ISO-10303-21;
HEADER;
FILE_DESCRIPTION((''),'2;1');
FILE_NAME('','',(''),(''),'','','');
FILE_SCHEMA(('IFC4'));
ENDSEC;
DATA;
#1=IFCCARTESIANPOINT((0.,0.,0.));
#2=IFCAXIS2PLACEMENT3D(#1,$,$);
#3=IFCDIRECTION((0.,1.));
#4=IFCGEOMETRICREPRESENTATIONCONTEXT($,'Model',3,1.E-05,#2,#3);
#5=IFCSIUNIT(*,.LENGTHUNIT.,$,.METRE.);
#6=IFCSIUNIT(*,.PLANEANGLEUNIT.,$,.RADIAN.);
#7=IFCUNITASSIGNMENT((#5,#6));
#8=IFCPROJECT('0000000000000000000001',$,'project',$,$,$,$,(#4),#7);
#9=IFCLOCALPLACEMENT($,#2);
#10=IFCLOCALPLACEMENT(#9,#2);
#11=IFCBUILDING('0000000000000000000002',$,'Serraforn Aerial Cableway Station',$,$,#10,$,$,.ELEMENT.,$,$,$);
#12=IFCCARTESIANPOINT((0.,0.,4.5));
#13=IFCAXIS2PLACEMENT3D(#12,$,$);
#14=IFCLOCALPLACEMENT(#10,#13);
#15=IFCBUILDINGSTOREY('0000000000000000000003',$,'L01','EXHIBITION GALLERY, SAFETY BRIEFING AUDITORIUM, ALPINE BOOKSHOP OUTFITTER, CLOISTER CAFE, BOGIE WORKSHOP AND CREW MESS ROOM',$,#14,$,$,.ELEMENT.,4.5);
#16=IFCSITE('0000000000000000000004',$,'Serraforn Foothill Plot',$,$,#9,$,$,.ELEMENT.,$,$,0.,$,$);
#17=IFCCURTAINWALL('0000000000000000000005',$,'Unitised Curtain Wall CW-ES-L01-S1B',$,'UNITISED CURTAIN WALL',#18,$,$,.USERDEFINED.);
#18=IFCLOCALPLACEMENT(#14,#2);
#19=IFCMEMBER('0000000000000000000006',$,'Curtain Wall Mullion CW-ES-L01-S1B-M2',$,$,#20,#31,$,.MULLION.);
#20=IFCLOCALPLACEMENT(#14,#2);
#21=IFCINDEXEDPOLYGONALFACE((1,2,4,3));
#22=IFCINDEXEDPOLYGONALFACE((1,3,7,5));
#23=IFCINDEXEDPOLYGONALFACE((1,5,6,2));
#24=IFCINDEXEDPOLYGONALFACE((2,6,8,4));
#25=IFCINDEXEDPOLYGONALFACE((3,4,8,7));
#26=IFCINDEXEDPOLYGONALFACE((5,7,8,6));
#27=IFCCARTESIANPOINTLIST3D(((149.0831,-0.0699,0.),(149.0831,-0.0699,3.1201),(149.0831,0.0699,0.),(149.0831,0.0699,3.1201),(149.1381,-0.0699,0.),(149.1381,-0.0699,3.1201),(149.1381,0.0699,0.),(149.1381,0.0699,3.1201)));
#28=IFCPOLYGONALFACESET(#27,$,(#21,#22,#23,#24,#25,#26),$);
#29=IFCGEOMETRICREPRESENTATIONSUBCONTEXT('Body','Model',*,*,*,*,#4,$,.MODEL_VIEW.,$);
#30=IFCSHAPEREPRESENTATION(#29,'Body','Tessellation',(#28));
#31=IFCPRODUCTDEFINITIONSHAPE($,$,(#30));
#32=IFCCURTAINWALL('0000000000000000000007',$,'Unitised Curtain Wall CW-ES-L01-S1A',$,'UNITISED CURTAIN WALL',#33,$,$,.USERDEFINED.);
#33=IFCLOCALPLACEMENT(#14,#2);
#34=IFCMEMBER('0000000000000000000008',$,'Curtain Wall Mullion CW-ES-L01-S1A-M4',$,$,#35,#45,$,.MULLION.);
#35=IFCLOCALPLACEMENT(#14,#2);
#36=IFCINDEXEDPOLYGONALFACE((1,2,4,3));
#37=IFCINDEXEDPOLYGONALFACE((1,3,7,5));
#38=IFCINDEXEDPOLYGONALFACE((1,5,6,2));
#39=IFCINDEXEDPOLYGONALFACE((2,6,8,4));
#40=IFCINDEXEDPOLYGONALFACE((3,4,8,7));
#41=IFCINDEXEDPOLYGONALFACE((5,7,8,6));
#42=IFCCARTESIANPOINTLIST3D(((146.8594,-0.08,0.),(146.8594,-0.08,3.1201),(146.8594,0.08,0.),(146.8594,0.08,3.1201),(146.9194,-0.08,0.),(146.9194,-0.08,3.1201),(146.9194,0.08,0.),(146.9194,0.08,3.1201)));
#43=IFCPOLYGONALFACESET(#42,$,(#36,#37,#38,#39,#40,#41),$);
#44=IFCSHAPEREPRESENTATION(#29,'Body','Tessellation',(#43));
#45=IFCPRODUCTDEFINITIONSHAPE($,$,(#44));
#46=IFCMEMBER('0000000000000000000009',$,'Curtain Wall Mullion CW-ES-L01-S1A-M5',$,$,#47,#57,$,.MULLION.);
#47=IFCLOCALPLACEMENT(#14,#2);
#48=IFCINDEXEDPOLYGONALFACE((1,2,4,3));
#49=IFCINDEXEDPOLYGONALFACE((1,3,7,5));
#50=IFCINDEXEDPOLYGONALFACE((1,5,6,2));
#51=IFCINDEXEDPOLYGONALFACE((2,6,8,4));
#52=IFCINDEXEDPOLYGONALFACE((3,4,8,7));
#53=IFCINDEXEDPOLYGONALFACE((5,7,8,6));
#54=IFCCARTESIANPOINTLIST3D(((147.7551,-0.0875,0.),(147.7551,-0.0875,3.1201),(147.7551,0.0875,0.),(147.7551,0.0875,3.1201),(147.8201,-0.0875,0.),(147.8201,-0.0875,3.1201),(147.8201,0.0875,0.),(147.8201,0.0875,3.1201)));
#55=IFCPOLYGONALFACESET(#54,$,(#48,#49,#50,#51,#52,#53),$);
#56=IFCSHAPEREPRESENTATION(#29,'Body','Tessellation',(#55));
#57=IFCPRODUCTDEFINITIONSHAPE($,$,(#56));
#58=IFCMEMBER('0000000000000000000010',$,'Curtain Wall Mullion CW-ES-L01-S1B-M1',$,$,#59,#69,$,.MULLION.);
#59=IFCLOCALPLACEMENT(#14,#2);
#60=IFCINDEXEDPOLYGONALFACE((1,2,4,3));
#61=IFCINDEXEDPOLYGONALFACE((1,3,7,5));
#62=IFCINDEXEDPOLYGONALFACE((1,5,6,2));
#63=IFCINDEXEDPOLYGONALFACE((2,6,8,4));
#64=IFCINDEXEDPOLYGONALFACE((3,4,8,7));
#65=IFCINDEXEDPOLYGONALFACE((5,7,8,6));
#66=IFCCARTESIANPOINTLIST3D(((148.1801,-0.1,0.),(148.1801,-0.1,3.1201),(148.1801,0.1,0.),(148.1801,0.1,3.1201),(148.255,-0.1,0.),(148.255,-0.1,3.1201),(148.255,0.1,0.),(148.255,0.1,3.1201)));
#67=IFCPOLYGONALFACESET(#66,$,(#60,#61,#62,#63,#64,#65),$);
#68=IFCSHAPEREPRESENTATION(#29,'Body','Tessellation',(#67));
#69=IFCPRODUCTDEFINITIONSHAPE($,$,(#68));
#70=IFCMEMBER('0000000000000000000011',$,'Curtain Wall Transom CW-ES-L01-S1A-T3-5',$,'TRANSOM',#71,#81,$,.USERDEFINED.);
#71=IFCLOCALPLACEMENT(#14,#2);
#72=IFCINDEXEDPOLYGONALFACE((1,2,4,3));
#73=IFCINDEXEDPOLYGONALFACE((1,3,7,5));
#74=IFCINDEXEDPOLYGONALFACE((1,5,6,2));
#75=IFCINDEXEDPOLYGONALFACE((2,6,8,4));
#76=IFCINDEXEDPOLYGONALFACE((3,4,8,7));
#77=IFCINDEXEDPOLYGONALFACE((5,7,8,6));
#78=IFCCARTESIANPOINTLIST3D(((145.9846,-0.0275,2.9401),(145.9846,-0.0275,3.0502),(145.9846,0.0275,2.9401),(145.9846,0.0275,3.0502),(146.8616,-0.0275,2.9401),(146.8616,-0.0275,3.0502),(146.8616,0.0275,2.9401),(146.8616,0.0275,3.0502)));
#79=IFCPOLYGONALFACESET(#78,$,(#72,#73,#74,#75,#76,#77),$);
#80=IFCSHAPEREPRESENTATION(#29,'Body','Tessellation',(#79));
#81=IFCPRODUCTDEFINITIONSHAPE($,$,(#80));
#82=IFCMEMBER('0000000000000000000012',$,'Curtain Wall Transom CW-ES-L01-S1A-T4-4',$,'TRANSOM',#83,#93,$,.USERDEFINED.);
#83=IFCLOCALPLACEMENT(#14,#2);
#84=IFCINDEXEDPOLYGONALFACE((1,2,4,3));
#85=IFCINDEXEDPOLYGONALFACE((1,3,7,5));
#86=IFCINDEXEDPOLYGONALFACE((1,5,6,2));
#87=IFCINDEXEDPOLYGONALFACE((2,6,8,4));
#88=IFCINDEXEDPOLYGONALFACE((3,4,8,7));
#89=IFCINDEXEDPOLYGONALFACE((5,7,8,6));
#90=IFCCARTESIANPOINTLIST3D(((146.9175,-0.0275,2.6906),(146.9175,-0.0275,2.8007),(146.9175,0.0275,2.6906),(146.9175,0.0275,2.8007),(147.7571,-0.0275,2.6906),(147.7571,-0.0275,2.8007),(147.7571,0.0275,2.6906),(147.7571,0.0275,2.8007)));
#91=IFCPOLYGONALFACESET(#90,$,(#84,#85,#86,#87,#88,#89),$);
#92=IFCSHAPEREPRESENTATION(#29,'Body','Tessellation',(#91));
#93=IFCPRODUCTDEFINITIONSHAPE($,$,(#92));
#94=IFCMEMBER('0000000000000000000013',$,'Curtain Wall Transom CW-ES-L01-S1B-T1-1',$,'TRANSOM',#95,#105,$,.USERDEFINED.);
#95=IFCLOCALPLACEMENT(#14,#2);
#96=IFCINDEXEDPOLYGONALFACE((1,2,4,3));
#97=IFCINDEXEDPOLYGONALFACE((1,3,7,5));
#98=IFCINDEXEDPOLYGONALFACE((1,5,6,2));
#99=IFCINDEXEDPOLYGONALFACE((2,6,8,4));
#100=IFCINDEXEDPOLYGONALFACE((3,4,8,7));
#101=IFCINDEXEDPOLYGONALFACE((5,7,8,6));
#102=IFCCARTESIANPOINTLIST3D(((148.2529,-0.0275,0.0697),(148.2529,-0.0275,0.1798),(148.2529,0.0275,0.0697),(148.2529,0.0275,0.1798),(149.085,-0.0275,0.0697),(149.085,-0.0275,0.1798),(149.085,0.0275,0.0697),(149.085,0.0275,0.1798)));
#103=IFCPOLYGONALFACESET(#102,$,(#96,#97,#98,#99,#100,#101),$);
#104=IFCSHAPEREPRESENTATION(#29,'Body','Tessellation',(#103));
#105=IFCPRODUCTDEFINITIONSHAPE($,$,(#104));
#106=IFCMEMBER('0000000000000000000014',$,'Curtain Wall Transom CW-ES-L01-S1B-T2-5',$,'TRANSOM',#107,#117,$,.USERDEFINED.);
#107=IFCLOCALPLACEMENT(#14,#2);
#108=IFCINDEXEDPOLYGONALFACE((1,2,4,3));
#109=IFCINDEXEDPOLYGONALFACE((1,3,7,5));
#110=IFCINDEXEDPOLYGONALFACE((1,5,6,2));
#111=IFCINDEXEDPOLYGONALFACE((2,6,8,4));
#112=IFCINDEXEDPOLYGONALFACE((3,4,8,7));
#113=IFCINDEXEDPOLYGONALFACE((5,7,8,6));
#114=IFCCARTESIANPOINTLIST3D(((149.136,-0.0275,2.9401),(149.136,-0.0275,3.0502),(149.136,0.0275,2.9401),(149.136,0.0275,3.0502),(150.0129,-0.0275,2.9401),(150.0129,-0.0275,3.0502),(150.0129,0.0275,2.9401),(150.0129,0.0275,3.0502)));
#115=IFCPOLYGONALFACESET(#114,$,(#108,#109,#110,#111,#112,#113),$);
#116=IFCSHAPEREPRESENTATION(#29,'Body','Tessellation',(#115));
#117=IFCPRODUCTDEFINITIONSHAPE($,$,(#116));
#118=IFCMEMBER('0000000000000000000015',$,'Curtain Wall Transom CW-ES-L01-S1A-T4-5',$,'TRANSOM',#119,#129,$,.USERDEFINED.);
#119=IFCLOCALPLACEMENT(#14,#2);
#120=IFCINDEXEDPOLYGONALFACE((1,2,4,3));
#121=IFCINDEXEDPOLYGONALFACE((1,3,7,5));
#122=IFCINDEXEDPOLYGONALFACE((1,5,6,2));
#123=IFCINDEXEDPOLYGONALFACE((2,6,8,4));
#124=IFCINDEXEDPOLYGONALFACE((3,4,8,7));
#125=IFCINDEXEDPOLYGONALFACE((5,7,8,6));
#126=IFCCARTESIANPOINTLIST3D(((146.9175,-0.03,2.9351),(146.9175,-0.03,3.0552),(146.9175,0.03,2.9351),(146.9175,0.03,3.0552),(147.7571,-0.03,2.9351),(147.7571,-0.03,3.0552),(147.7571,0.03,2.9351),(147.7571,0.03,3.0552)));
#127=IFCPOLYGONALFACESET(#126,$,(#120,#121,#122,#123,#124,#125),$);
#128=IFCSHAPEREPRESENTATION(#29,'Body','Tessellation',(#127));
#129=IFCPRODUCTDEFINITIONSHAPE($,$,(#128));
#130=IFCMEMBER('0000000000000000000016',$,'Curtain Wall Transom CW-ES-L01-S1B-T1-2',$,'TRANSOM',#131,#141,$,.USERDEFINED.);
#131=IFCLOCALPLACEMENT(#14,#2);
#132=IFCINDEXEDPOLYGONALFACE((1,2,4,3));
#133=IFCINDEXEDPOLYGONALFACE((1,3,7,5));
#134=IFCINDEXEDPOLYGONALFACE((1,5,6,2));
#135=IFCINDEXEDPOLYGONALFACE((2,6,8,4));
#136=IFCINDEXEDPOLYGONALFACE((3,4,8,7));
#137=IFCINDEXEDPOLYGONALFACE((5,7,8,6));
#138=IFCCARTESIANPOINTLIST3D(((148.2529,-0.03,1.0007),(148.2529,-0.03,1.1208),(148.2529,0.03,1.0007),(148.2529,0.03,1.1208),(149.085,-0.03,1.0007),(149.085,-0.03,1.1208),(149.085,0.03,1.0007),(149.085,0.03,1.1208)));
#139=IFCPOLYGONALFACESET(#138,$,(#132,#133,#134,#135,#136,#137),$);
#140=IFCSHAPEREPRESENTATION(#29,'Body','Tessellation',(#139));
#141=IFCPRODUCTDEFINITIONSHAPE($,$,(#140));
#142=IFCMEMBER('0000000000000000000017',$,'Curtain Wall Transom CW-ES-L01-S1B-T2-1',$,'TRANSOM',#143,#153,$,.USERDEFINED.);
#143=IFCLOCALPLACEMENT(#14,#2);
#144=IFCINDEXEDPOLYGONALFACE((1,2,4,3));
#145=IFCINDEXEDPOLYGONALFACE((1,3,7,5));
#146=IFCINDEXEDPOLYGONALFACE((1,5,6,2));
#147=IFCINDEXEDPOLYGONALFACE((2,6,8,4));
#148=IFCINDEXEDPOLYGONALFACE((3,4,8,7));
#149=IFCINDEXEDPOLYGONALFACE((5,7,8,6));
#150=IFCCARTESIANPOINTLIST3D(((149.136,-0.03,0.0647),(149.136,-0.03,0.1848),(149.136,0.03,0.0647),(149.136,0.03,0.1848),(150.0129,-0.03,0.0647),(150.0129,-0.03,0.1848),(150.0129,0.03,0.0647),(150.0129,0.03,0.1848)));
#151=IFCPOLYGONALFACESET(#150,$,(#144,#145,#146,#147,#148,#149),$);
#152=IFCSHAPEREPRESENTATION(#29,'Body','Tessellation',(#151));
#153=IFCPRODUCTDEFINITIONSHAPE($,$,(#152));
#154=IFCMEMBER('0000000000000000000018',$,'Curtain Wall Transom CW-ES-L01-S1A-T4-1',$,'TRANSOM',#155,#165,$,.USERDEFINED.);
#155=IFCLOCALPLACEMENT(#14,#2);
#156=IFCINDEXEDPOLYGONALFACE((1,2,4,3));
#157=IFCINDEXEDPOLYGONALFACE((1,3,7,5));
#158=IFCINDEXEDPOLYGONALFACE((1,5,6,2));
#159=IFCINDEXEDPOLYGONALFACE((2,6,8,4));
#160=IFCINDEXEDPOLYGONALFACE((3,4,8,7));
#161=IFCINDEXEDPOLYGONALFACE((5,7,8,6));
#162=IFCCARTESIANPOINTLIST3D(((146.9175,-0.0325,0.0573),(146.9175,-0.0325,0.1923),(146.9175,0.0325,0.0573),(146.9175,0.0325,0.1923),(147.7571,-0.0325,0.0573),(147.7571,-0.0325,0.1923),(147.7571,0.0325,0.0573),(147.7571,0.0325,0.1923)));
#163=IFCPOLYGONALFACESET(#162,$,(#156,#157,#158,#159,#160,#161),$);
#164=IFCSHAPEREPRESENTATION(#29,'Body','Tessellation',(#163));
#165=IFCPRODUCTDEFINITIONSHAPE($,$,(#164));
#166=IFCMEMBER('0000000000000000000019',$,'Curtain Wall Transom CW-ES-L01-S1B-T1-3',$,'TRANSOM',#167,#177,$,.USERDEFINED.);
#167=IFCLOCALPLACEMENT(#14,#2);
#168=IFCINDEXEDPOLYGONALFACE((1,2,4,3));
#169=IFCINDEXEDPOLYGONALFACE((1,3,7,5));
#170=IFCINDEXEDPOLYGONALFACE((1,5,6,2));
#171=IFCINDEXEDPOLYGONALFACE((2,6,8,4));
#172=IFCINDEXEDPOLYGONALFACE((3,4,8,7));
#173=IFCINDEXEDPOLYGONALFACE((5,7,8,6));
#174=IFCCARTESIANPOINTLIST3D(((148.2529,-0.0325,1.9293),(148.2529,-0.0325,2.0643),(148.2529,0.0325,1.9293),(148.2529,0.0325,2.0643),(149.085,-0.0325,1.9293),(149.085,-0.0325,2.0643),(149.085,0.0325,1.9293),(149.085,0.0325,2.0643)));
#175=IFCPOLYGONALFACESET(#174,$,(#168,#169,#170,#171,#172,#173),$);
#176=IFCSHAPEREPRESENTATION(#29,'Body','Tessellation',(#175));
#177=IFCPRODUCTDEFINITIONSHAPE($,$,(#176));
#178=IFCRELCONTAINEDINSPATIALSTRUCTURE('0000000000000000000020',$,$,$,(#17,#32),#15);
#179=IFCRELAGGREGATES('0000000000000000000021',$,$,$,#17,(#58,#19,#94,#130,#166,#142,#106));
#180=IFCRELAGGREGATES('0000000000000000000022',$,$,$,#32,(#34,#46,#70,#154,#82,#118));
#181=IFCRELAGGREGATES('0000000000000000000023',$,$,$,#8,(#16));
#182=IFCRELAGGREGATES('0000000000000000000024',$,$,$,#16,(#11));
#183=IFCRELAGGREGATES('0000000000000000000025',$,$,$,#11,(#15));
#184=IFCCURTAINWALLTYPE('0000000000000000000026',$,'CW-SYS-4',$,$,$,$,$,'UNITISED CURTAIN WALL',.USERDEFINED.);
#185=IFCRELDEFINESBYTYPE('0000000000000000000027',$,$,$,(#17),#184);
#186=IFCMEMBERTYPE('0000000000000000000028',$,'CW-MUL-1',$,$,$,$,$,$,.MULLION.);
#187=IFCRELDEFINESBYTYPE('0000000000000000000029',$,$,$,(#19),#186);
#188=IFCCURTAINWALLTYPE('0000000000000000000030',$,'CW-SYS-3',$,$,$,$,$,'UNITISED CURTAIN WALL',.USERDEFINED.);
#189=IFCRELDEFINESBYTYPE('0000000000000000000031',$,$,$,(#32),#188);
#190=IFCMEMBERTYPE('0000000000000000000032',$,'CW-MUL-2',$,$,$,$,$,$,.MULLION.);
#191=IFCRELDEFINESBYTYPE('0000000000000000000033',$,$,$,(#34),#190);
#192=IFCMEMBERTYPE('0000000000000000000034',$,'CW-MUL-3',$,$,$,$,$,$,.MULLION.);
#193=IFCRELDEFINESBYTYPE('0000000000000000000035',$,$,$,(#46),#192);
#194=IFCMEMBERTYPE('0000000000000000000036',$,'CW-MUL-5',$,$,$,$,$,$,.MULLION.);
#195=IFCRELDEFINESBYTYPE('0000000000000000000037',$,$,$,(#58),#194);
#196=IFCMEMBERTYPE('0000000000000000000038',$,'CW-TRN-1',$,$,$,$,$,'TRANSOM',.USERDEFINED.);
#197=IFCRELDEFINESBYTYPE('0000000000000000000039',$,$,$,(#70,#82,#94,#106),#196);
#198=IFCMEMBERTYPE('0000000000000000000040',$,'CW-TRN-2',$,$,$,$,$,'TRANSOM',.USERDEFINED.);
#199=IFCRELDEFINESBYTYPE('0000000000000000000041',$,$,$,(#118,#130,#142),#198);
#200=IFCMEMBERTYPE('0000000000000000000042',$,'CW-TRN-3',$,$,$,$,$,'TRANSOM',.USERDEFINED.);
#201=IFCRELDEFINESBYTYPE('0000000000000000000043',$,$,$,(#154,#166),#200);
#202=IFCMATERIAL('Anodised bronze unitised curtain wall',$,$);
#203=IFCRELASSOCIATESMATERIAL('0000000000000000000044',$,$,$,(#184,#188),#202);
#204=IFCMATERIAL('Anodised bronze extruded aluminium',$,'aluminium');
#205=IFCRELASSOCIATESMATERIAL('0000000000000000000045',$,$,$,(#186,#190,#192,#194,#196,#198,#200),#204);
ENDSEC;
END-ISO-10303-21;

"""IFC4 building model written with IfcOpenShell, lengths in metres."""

from ifc_helpers import new_model, si_unit, direction, frame, origin, origin_2d, place, context, subcontext, project, spatial, rectangle, extrude, material, material_profile, profile_set, type_object, element, aggregate, save


model = new_model("IFC4")

# Units and contexts
model_context = context("Model", 3, precision=1e-05, world=origin(), true_north=direction((0.0, 1.0)))
body_context = subcontext(model_context, "Body", "Model", "MODEL_VIEW")
ifc_project = project(units=[si_unit("LENGTHUNIT", "METRE"), si_unit("PLANEANGLEUNIT", "RADIAN")], contexts=[model_context])

# Site, building, storey
site_placement = place(None, origin())
site = spatial("IfcSite", under=ifc_project, at=site_placement, Name="Serraforn Foothill Plot", CompositionType="ELEMENT", RefElevation=0.0)
building_placement = place(site_placement, origin())
building = spatial("IfcBuilding", under=site, at=building_placement, Name="Serraforn Aerial Cableway Station", CompositionType="ELEMENT")
storey_placement = place(building_placement, frame((0.0, 0.0, 4.5)))
storey = spatial("IfcBuildingStorey", under=building, at=storey_placement, Name="L01", Description="EXHIBITION GALLERY, SAFETY BRIEFING AUDITORIUM, ALPINE BOOKSHOP OUTFITTER, CLOISTER CAFE, BOGIE WORKSHOP AND CREW MESS ROOM", CompositionType="ELEMENT", Elevation=4.5)

# Curtain wall, member
ifc_material_1 = material(Name="Anodised bronze unitised curtain wall")
curtain_wall_type_1 = type_object("IfcCurtainWallType", Name="CW-SYS-4", ElementType="UNITISED CURTAIN WALL", PredefinedType="USERDEFINED", material=ifc_material_1)
curtain_wall_1_placement = place(storey_placement, origin())
curtain_wall_1 = element("IfcCurtainWall", 1, at=curtain_wall_1_placement, inside=storey, type_object=curtain_wall_type_1, Name="Unitised Curtain Wall CW-ES-L01-S1B", ObjectType="UNITISED CURTAIN WALL", PredefinedType="USERDEFINED")
ifc_material_2 = material(Name="Anodised bronze extruded aluminium", Category="aluminium")
ifc_material_profile_1 = material_profile(ifc_material_2, rectangle(XDim=0.0549, YDim=0.1399, at=origin_2d()), Name="CW MULLION 55x140")
ifc_profile_set_1 = profile_set([ifc_material_profile_1], Name="Anodised bronze extruded aluminium")
member_type_1 = type_object("IfcMemberType", Name="CW-MUL-1", PredefinedType="MULLION", material=ifc_profile_set_1)
member_1_placement = place(storey_placement, frame((149.1106, 0.0, 0.0), z_axis=(0.0, 0.0, 1.0), x_axis=(1.0, 0.0, 0.0)))
member_1 = element("IfcMember", 2, at=member_1_placement, type_object=member_type_1, Name="Curtain Wall Mullion CW-ES-L01-S1B-M2", PredefinedType="MULLION", context=body_context, shape_type="SweptSolid", body=[
    extrude(rectangle(XDim=0.0549, YDim=0.1399, at=origin_2d()), origin(), (0.0, 0.0, 1.0), 3.1201),
])

# Curtain wall, members
curtain_wall_type_2 = type_object("IfcCurtainWallType", Name="CW-SYS-3", ElementType="UNITISED CURTAIN WALL", PredefinedType="USERDEFINED", material=ifc_material_1)
curtain_wall_2_placement = place(storey_placement, origin())
curtain_wall_2 = element("IfcCurtainWall", 3, at=curtain_wall_2_placement, inside=storey, type_object=curtain_wall_type_2, Name="Unitised Curtain Wall CW-ES-L01-S1A", ObjectType="UNITISED CURTAIN WALL", PredefinedType="USERDEFINED")
ifc_material_profile_2 = material_profile(ifc_material_2, rectangle(XDim=0.0601, YDim=0.1599, at=origin_2d()), Name="CW MULLION 60x160")
ifc_profile_set_2 = profile_set([ifc_material_profile_2], Name="Anodised bronze extruded aluminium")
member_type_2 = type_object("IfcMemberType", Name="CW-MUL-2", PredefinedType="MULLION", material=ifc_profile_set_2)
member_2_placement = place(storey_placement, frame((146.8894, 0.0, 0.0), z_axis=(0.0, 0.0, 1.0), x_axis=(1.0, 0.0, 0.0)))
member_2 = element("IfcMember", 4, at=member_2_placement, type_object=member_type_2, Name="Curtain Wall Mullion CW-ES-L01-S1A-M4", PredefinedType="MULLION", context=body_context, shape_type="SweptSolid", body=[
    extrude(rectangle(XDim=0.0601, YDim=0.1599, at=origin_2d()), origin(), (0.0, 0.0, 1.0), 3.1201),
])
ifc_material_profile_3 = material_profile(ifc_material_2, rectangle(XDim=0.0649, YDim=0.175, at=origin_2d()), Name="CW MULLION 65x175")
ifc_profile_set_3 = profile_set([ifc_material_profile_3], Name="Anodised bronze extruded aluminium")
member_type_3 = type_object("IfcMemberType", Name="CW-MUL-3", PredefinedType="MULLION", material=ifc_profile_set_3)
member_3_placement = place(storey_placement, frame((147.7876, 0.0, 0.0), z_axis=(0.0, 0.0, 1.0), x_axis=(1.0, 0.0, 0.0)))
member_3 = element("IfcMember", 5, at=member_3_placement, type_object=member_type_3, Name="Curtain Wall Mullion CW-ES-L01-S1A-M5", PredefinedType="MULLION", context=body_context, shape_type="SweptSolid", body=[
    extrude(rectangle(XDim=0.0649, YDim=0.175, at=origin_2d()), origin(), (0.0, 0.0, 1.0), 3.1201),
])

# Members
ifc_material_profile_4 = material_profile(ifc_material_2, rectangle(XDim=0.075, YDim=0.2, at=origin_2d()), Name="CW MULLION 75x200")
ifc_profile_set_4 = profile_set([ifc_material_profile_4], Name="Anodised bronze extruded aluminium")
member_type_4 = type_object("IfcMemberType", Name="CW-MUL-5", PredefinedType="MULLION", material=ifc_profile_set_4)
member_4_placement = place(storey_placement, frame((148.2175, 0.0, 0.0), z_axis=(0.0, 0.0, 1.0), x_axis=(1.0, 0.0, 0.0)))
member_4 = element("IfcMember", 6, at=member_4_placement, type_object=member_type_4, Name="Curtain Wall Mullion CW-ES-L01-S1B-M1", PredefinedType="MULLION", context=body_context, shape_type="SweptSolid", body=[
    extrude(rectangle(XDim=0.075, YDim=0.2, at=origin_2d()), origin(), (0.0, 0.0, 1.0), 3.1201),
])
ifc_material_profile_5 = material_profile(ifc_material_2, rectangle(XDim=0.0549, YDim=0.1101, at=origin_2d()), Name="CW TRANSOM 55x110")
ifc_profile_set_5 = profile_set([ifc_material_profile_5], Name="Anodised bronze extruded aluminium")
member_type_5 = type_object("IfcMemberType", Name="CW-TRN-1", ElementType="TRANSOM", PredefinedType="USERDEFINED", material=ifc_profile_set_5)
member_5_placement = place(storey_placement, frame((145.9846, 0.0, 2.9951), z_axis=(1.0, 0.0, 0.0), x_axis=(0.0, 1.0, 0.0)))
member_5 = element("IfcMember", 7, at=member_5_placement, type_object=member_type_5, Name="Curtain Wall Transom CW-ES-L01-S1A-T3-5", ObjectType="TRANSOM", PredefinedType="USERDEFINED", context=body_context, shape_type="SweptSolid", body=[
    extrude(rectangle(XDim=0.0549, YDim=0.1101, at=origin_2d()), origin(), (0.0, 0.0, 1.0), 0.877),
])
member_6_placement = place(storey_placement, frame((146.9175, 0.0, 2.7456), z_axis=(1.0, 0.0, 0.0), x_axis=(0.0, 1.0, 0.0)))
member_6 = element("IfcMember", 8, at=member_6_placement, type_object=member_type_5, Name="Curtain Wall Transom CW-ES-L01-S1A-T4-4", ObjectType="TRANSOM", PredefinedType="USERDEFINED", context=body_context, shape_type="SweptSolid", body=[
    extrude(rectangle(XDim=0.0549, YDim=0.1101, at=origin_2d()), origin(), (0.0, 0.0, 1.0), 0.8396),
])
member_7_placement = place(storey_placement, frame((148.2529, 0.0, 0.1248), z_axis=(1.0, 0.0, 0.0), x_axis=(0.0, 1.0, 0.0)))
member_7 = element("IfcMember", 9, at=member_7_placement, type_object=member_type_5, Name="Curtain Wall Transom CW-ES-L01-S1B-T1-1", ObjectType="TRANSOM", PredefinedType="USERDEFINED", context=body_context, shape_type="SweptSolid", body=[
    extrude(rectangle(XDim=0.0549, YDim=0.1101, at=origin_2d()), origin(), (0.0, 0.0, 1.0), 0.832),
])
member_8_placement = place(storey_placement, frame((149.136, 0.0, 2.9951), z_axis=(1.0, 0.0, 0.0), x_axis=(0.0, 1.0, 0.0)))
member_8 = element("IfcMember", 10, at=member_8_placement, type_object=member_type_5, Name="Curtain Wall Transom CW-ES-L01-S1B-T2-5", ObjectType="TRANSOM", PredefinedType="USERDEFINED", context=body_context, shape_type="SweptSolid", body=[
    extrude(rectangle(XDim=0.0549, YDim=0.1101, at=origin_2d()), origin(), (0.0, 0.0, 1.0), 0.877),
])
ifc_material_profile_6 = material_profile(ifc_material_2, rectangle(XDim=0.0601, YDim=0.1201, at=origin_2d()), Name="CW TRANSOM 60x120")
ifc_profile_set_6 = profile_set([ifc_material_profile_6], Name="Anodised bronze extruded aluminium")
member_type_6 = type_object("IfcMemberType", Name="CW-TRN-2", ElementType="TRANSOM", PredefinedType="USERDEFINED", material=ifc_profile_set_6)
member_9_placement = place(storey_placement, frame((146.9175, 0.0, 2.9951), z_axis=(1.0, 0.0, 0.0), x_axis=(0.0, 1.0, 0.0)))
member_9 = element("IfcMember", 11, at=member_9_placement, type_object=member_type_6, Name="Curtain Wall Transom CW-ES-L01-S1A-T4-5", ObjectType="TRANSOM", PredefinedType="USERDEFINED", context=body_context, shape_type="SweptSolid", body=[
    extrude(rectangle(XDim=0.0601, YDim=0.1201, at=origin_2d()), origin(), (0.0, 0.0, 1.0), 0.8396),
])
member_10_placement = place(storey_placement, frame((148.2529, 0.0, 1.0608), z_axis=(1.0, 0.0, 0.0), x_axis=(0.0, 1.0, 0.0)))
member_10 = element("IfcMember", 12, at=member_10_placement, type_object=member_type_6, Name="Curtain Wall Transom CW-ES-L01-S1B-T1-2", ObjectType="TRANSOM", PredefinedType="USERDEFINED", context=body_context, shape_type="SweptSolid", body=[
    extrude(rectangle(XDim=0.0601, YDim=0.1201, at=origin_2d()), origin(), (0.0, 0.0, 1.0), 0.832),
])
member_11_placement = place(storey_placement, frame((149.136, 0.0, 0.1248), z_axis=(1.0, 0.0, 0.0), x_axis=(0.0, 1.0, 0.0)))
member_11 = element("IfcMember", 13, at=member_11_placement, type_object=member_type_6, Name="Curtain Wall Transom CW-ES-L01-S1B-T2-1", ObjectType="TRANSOM", PredefinedType="USERDEFINED", context=body_context, shape_type="SweptSolid", body=[
    extrude(rectangle(XDim=0.0601, YDim=0.1201, at=origin_2d()), origin(), (0.0, 0.0, 1.0), 0.877),
])
ifc_material_profile_7 = material_profile(ifc_material_2, rectangle(XDim=0.0649, YDim=0.135, at=origin_2d()), Name="CW TRANSOM 65x135")
ifc_profile_set_7 = profile_set([ifc_material_profile_7], Name="Anodised bronze extruded aluminium")
member_type_7 = type_object("IfcMemberType", Name="CW-TRN-3", ElementType="TRANSOM", PredefinedType="USERDEFINED", material=ifc_profile_set_7)
member_12_placement = place(storey_placement, frame((146.9175, 0.0, 0.1248), z_axis=(1.0, 0.0, 0.0), x_axis=(0.0, 1.0, 0.0)))
member_12 = element("IfcMember", 14, at=member_12_placement, type_object=member_type_7, Name="Curtain Wall Transom CW-ES-L01-S1A-T4-1", ObjectType="TRANSOM", PredefinedType="USERDEFINED", context=body_context, shape_type="SweptSolid", body=[
    extrude(rectangle(XDim=0.0649, YDim=0.135, at=origin_2d()), origin(), (0.0, 0.0, 1.0), 0.8396),
])
member_13_placement = place(storey_placement, frame((148.2529, 0.0, 1.9968), z_axis=(1.0, 0.0, 0.0), x_axis=(0.0, 1.0, 0.0)))
member_13 = element("IfcMember", 15, at=member_13_placement, type_object=member_type_7, Name="Curtain Wall Transom CW-ES-L01-S1B-T1-3", ObjectType="TRANSOM", PredefinedType="USERDEFINED", context=body_context, shape_type="SweptSolid", body=[
    extrude(rectangle(XDim=0.0649, YDim=0.135, at=origin_2d()), origin(), (0.0, 0.0, 1.0), 0.832),
])

aggregate(curtain_wall_1, [member_4, member_1, member_7, member_10, member_13, member_11, member_8])
aggregate(curtain_wall_2, [member_2, member_3, member_5, member_12, member_6, member_9])

save(model, "model.ifc")
